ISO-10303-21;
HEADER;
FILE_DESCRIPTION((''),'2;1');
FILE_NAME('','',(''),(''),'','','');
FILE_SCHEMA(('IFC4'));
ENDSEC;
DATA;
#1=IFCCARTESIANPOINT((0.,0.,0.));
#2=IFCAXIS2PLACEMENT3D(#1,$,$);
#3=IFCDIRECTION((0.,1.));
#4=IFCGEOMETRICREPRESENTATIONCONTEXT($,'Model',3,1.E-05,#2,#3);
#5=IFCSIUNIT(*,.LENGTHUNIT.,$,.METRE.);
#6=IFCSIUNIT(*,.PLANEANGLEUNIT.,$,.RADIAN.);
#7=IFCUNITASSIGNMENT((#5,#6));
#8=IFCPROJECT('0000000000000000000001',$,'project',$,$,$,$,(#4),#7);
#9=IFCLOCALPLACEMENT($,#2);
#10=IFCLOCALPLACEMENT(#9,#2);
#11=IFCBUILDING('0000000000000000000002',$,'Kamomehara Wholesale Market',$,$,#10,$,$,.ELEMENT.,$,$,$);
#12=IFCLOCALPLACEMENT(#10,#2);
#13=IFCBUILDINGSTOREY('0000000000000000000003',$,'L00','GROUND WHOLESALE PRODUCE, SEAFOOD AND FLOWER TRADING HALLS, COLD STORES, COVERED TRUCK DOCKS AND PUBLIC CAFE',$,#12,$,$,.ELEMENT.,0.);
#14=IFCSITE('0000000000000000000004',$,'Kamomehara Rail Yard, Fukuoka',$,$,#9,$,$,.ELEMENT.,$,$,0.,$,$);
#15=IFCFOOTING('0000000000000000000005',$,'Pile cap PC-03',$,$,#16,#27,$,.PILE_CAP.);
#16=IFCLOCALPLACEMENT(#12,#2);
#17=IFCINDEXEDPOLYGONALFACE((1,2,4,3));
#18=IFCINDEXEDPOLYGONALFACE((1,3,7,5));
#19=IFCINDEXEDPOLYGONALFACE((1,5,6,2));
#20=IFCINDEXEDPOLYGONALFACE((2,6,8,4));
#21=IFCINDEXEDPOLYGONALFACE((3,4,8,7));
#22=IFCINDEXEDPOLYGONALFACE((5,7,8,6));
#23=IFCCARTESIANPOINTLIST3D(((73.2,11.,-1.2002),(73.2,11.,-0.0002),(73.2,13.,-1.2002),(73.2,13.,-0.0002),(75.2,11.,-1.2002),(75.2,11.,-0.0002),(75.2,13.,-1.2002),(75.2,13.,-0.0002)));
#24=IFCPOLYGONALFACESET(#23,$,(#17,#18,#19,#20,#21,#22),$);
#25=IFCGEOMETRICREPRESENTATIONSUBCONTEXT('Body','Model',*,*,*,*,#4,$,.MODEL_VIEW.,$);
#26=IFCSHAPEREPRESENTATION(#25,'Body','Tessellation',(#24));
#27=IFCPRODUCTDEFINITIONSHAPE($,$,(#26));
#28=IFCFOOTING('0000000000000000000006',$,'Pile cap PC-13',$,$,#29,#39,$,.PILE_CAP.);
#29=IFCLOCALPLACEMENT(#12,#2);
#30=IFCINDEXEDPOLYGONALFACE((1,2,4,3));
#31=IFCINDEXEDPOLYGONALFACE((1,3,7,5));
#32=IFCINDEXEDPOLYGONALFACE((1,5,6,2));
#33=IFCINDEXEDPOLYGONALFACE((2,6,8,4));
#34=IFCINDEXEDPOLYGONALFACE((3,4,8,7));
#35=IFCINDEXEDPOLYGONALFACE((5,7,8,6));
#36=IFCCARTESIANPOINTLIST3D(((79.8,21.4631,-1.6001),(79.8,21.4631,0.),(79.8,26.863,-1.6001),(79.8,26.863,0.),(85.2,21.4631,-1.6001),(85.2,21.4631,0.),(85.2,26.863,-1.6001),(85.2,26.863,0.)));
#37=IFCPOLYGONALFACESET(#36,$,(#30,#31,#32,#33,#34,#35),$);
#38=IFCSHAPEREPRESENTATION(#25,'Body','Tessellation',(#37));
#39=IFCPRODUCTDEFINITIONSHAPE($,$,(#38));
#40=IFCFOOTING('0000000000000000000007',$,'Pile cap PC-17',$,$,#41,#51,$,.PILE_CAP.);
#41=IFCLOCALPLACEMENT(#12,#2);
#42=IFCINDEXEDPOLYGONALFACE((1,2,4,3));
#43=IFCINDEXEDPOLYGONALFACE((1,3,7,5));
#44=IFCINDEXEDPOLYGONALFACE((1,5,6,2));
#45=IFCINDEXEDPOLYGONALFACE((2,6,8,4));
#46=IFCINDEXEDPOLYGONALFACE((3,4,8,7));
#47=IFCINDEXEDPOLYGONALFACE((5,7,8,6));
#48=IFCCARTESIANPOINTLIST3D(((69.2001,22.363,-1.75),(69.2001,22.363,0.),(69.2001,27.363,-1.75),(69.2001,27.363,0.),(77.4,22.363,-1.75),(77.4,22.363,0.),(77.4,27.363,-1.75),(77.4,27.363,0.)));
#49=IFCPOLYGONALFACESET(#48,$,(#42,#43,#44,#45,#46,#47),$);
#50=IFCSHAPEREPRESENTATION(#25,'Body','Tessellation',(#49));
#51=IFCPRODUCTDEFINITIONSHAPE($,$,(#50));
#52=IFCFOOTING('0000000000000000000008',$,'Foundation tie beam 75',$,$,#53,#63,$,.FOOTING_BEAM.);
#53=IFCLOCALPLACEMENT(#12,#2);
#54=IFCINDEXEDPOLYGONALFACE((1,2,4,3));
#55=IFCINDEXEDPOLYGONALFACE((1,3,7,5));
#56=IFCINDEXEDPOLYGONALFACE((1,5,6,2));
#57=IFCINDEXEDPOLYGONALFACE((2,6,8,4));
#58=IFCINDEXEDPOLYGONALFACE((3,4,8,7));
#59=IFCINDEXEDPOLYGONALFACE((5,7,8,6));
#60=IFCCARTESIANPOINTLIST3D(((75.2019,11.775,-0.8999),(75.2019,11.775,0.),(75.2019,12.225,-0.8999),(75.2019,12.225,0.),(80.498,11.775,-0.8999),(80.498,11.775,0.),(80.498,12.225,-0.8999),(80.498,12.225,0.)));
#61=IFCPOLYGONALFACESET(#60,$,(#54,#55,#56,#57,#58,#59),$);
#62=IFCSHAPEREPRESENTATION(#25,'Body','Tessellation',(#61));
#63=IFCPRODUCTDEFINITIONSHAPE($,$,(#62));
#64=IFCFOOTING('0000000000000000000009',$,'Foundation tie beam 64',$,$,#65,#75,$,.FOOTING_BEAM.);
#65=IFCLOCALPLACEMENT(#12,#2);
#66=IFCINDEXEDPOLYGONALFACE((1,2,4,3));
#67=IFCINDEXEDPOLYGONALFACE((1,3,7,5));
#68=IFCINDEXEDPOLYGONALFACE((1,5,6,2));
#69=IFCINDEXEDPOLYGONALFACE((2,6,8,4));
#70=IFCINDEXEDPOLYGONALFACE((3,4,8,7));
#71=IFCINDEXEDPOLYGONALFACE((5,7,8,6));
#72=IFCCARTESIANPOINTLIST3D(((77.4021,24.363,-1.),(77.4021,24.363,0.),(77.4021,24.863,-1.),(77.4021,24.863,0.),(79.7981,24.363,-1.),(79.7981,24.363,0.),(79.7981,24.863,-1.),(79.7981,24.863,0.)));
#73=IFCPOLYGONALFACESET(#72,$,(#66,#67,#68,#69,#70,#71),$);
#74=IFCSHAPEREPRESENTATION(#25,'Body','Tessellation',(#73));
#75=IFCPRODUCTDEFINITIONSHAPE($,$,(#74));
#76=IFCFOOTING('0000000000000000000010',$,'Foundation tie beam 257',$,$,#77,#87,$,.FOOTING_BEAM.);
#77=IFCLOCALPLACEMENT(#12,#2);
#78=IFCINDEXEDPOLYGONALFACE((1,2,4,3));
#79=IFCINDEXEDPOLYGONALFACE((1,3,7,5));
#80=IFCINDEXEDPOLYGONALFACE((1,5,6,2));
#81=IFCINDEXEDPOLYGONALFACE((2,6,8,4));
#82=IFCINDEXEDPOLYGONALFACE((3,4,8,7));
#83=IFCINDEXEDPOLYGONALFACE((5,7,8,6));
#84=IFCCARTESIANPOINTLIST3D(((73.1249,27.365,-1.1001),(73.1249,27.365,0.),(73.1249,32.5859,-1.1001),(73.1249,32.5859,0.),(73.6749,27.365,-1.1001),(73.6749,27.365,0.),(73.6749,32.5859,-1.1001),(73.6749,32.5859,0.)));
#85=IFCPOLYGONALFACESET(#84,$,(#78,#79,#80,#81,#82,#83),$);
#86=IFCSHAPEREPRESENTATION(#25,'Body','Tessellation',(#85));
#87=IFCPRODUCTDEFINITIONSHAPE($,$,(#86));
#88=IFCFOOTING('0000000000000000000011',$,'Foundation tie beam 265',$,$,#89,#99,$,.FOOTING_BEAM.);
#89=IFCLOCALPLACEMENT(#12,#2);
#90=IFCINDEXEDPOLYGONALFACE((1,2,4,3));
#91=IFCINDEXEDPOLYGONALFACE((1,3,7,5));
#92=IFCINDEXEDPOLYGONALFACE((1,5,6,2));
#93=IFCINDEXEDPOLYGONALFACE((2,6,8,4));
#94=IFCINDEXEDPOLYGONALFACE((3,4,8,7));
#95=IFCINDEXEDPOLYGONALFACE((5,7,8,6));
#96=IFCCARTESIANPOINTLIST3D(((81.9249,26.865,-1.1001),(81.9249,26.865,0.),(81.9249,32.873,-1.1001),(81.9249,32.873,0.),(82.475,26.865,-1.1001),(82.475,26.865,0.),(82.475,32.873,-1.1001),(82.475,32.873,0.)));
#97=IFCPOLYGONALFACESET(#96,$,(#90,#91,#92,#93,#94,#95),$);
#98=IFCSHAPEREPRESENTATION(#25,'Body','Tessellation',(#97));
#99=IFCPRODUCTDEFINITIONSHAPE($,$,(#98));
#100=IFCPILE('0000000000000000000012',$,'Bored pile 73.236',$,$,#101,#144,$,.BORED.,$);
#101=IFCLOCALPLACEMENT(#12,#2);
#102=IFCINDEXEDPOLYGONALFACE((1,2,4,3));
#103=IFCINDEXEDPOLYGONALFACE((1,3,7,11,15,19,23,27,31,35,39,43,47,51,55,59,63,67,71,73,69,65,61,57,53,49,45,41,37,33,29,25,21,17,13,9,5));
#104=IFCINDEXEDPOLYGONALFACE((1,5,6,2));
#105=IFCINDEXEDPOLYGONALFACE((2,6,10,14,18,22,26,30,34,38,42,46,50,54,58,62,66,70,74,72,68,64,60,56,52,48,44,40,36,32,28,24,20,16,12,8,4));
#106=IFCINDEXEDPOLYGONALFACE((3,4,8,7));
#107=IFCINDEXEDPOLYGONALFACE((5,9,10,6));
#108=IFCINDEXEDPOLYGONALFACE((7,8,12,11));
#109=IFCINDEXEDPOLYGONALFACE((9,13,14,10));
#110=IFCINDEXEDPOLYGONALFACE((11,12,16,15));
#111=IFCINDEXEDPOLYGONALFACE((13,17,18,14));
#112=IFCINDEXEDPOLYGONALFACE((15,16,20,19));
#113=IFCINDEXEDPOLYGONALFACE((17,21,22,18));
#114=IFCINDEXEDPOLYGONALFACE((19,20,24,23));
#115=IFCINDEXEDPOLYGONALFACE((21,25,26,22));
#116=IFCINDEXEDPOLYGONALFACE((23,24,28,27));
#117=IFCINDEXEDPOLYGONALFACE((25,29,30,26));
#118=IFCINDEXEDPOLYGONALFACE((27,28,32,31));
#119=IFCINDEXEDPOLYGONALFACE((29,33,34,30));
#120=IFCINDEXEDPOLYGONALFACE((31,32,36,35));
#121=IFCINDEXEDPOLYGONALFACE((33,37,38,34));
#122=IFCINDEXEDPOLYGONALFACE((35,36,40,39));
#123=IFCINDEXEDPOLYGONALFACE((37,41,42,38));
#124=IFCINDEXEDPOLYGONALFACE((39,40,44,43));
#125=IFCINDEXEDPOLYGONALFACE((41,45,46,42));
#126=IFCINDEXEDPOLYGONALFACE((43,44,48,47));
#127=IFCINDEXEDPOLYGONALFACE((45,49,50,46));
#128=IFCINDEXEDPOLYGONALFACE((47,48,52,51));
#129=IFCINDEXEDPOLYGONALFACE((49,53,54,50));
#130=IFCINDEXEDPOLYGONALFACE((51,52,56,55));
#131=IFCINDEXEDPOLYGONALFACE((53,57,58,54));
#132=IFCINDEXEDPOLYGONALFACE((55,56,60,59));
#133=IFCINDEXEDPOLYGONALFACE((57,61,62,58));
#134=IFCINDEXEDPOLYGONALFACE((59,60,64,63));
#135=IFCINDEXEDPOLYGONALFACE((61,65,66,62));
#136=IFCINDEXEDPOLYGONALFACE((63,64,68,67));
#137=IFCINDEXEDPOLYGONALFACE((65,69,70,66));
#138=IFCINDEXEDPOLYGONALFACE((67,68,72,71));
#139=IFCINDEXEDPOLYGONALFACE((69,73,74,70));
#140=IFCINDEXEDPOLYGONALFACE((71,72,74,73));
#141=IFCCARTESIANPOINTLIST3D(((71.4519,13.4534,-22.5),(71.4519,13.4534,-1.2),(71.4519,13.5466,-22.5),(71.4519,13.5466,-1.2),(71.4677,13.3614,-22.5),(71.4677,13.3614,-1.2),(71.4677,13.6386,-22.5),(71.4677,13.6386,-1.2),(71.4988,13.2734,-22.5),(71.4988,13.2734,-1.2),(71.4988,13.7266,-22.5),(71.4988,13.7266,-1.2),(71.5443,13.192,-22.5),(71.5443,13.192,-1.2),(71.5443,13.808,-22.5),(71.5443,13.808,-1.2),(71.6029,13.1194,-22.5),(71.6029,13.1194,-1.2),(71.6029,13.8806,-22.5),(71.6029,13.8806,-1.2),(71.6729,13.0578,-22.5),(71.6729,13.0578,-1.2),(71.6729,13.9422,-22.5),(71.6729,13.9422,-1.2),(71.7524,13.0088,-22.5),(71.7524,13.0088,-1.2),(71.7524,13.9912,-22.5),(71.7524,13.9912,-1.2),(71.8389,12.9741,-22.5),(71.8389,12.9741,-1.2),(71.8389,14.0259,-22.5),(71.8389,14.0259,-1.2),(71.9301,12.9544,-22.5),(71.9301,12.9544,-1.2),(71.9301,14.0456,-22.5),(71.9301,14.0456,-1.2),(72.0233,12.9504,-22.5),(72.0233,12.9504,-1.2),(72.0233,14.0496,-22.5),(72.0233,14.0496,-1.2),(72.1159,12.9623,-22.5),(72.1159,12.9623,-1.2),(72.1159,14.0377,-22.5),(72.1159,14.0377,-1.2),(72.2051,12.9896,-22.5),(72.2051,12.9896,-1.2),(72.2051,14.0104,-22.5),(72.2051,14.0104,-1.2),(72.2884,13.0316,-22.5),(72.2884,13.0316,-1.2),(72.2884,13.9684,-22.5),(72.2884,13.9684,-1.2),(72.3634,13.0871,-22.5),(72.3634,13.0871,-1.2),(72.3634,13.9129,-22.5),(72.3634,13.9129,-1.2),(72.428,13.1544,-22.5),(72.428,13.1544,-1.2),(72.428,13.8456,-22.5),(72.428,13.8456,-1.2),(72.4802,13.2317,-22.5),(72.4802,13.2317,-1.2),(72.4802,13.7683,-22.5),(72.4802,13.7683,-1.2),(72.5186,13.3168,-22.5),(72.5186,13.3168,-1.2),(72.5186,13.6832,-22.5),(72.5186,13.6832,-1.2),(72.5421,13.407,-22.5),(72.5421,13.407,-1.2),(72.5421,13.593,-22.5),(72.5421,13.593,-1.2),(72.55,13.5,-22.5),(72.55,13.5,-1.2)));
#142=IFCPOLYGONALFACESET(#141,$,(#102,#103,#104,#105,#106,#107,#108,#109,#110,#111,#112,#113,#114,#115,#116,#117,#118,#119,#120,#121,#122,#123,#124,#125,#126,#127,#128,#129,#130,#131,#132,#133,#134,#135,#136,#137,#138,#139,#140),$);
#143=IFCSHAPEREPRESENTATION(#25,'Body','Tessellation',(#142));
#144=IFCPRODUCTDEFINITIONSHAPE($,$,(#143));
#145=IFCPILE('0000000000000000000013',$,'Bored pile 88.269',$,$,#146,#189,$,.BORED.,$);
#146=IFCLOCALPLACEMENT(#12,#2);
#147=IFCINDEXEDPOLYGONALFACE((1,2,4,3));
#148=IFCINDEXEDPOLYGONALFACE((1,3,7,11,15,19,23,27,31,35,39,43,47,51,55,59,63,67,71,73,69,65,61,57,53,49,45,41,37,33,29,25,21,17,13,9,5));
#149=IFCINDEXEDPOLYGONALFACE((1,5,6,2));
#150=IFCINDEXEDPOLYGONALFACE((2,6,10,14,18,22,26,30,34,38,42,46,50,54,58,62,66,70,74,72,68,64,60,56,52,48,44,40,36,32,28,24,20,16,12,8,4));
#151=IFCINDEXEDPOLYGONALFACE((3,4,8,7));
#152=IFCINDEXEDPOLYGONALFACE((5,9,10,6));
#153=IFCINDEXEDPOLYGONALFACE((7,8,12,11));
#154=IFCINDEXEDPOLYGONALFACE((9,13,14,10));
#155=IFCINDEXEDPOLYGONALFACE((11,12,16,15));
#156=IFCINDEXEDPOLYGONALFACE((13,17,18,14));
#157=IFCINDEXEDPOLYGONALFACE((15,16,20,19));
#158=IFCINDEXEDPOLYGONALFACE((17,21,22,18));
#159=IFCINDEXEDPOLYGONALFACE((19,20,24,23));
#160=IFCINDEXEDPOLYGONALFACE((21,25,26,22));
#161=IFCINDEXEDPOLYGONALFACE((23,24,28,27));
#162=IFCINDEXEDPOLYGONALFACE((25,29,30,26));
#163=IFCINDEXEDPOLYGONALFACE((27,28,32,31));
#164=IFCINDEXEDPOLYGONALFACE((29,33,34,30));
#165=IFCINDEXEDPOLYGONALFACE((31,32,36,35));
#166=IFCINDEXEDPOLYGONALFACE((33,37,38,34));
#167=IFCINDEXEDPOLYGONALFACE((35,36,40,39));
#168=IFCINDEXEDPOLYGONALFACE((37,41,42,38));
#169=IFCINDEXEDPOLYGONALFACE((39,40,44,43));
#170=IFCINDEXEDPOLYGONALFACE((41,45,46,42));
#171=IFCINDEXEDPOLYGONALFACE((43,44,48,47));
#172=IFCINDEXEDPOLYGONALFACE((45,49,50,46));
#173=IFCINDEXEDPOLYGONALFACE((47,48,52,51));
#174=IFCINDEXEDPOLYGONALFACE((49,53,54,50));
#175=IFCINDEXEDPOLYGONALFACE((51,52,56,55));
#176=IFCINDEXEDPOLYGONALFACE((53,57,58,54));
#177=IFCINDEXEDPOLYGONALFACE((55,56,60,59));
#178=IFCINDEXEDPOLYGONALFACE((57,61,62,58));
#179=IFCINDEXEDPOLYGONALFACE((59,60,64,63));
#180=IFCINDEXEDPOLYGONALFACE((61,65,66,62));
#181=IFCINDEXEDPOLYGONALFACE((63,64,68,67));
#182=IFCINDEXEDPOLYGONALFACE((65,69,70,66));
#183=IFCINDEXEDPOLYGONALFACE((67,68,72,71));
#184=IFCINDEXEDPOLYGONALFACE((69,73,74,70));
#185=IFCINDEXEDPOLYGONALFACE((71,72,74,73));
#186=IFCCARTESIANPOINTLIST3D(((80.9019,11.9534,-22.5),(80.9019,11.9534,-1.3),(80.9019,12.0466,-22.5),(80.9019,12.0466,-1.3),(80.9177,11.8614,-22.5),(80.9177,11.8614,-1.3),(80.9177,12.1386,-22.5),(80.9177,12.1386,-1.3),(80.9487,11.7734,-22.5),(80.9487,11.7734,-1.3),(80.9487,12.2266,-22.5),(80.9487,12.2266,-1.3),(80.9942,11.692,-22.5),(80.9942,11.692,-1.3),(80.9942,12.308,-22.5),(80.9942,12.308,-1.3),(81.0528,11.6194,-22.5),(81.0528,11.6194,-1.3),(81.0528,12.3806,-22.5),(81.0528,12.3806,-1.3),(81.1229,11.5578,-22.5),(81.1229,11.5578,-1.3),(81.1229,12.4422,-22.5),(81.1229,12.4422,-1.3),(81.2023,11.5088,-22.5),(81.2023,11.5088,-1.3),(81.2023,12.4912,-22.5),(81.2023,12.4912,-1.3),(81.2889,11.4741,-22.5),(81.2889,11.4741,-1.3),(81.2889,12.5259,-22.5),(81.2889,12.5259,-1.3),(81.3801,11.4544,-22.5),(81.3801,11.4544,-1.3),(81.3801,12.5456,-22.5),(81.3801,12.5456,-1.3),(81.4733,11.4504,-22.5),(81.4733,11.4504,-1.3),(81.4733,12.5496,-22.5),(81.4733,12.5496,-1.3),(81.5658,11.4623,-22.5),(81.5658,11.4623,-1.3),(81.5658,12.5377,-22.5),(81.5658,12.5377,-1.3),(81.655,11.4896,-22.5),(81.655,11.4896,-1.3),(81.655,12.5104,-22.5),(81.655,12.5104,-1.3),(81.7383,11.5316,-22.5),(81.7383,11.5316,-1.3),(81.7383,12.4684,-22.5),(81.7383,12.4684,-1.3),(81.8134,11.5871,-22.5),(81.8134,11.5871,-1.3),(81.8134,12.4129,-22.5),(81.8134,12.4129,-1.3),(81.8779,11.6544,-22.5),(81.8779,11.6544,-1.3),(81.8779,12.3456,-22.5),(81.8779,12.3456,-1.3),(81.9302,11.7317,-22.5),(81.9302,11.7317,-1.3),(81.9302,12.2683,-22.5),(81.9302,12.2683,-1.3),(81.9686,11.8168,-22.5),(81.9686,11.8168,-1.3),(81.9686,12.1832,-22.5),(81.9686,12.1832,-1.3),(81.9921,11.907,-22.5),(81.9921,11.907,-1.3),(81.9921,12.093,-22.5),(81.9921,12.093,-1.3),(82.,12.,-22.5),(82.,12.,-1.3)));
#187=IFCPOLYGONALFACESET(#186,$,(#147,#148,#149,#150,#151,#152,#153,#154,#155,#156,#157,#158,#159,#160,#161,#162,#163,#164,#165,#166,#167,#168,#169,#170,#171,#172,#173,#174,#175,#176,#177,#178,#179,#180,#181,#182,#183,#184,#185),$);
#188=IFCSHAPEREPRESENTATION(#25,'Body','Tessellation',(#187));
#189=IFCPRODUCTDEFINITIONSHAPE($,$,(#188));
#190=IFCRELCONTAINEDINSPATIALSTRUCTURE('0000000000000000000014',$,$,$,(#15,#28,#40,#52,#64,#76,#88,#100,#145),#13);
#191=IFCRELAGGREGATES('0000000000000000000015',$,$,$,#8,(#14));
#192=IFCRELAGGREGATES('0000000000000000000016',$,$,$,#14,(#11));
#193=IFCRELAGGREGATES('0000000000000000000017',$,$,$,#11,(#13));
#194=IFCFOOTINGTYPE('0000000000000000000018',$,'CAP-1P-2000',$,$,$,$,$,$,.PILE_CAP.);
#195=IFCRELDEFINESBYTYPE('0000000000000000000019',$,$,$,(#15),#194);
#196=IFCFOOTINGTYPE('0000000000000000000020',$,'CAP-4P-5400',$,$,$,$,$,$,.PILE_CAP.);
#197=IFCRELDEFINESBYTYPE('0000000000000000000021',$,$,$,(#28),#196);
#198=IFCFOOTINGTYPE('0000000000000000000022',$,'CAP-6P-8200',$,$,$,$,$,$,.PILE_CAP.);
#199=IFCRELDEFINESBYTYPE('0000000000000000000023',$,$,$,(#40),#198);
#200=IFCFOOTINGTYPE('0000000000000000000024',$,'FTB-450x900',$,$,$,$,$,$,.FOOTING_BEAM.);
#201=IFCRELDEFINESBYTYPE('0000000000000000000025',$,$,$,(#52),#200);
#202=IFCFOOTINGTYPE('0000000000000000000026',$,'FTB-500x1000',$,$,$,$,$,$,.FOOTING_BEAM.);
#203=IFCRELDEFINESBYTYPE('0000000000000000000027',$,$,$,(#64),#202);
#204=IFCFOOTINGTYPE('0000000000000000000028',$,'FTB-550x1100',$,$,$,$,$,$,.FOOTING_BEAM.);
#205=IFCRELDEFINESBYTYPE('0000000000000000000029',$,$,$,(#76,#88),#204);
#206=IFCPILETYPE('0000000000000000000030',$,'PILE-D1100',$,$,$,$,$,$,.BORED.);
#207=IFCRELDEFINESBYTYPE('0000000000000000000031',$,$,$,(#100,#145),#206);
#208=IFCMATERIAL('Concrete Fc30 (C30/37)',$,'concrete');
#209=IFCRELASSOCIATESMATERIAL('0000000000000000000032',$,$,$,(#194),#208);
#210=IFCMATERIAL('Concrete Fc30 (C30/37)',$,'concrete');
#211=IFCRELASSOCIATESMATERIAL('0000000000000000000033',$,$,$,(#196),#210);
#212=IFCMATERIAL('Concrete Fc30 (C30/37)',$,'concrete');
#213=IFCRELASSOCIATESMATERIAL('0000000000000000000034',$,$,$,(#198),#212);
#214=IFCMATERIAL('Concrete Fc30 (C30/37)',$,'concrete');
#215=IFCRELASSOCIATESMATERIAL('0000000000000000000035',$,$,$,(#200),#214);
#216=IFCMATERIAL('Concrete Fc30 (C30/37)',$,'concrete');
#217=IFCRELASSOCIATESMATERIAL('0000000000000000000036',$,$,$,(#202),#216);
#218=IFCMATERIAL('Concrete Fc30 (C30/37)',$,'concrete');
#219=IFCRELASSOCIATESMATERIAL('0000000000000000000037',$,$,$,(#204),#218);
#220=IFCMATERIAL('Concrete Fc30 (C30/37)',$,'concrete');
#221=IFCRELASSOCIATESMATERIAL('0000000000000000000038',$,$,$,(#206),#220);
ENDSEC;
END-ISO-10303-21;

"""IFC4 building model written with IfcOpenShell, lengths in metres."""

from ifc_helpers import new_model, si_unit, direction, frame, origin, origin_2d, place, context, subcontext, project, spatial, rectangle, circle, extrude, material, material_profile, profile_set, type_object, element, save


model = new_model("IFC4")

# Units and contexts
model_context = context("Model", 3, precision=1e-05, world=origin(), true_north=direction((0.0, 1.0)))
body_context = subcontext(model_context, "Body", "Model", "MODEL_VIEW")
ifc_project = project(units=[si_unit("LENGTHUNIT", "METRE"), si_unit("PLANEANGLEUNIT", "RADIAN")], contexts=[model_context])

# Site, building, storey
site_placement = place(None, origin())
site = spatial("IfcSite", under=ifc_project, at=site_placement, Name="Kamomehara Rail Yard, Fukuoka", CompositionType="ELEMENT", RefElevation=0.0)
building_placement = place(site_placement, origin())
building = spatial("IfcBuilding", under=site, at=building_placement, Name="Kamomehara Wholesale Market", CompositionType="ELEMENT")
storey_placement = place(building_placement, origin())
storey = spatial("IfcBuildingStorey", under=building, at=storey_placement, Name="L00", Description="GROUND WHOLESALE PRODUCE, SEAFOOD AND FLOWER TRADING HALLS, COLD STORES, COVERED TRUCK DOCKS AND PUBLIC CAFE", CompositionType="ELEMENT", Elevation=0.0)

# Footings
ifc_material_1 = material(Name="Concrete Fc30 (C30/37)", Category="concrete")
footing_type_1 = type_object("IfcFootingType", Name="CAP-1P-2000", PredefinedType="PILE_CAP", material=ifc_material_1)
footing_1_placement = place(storey_placement, frame((74.2, 12.0, -1.2002), z_axis=(0.0, 0.0, 1.0), x_axis=(1.0, 0.0, 0.0)))
element("IfcFooting", 1, at=footing_1_placement, inside=storey, type_object=footing_type_1, Name="Pile cap PC-03", PredefinedType="PILE_CAP", context=body_context, shape_type="SweptSolid", body=[
    extrude(rectangle(XDim=2.0, YDim=2.0, at=origin_2d()), origin(), (0.0, 0.0, 1.0), 1.2),
])
ifc_material_2 = material(Name="Concrete Fc30 (C30/37)", Category="concrete")
footing_type_2 = type_object("IfcFootingType", Name="CAP-4P-5400", PredefinedType="PILE_CAP", material=ifc_material_2)
footing_2_placement = place(storey_placement, frame((82.5, 24.1631, -1.6001), z_axis=(0.0, 0.0, 1.0), x_axis=(1.0, 0.0, 0.0)))
element("IfcFooting", 2, at=footing_2_placement, inside=storey, type_object=footing_type_2, Name="Pile cap PC-13", PredefinedType="PILE_CAP", context=body_context, shape_type="SweptSolid", body=[
    extrude(rectangle(XDim=5.3999, YDim=5.3999, at=origin_2d()), origin(), (0.0, 0.0, 1.0), 1.6001),
])
ifc_material_3 = material(Name="Concrete Fc30 (C30/37)", Category="concrete")
footing_type_3 = type_object("IfcFootingType", Name="CAP-6P-8200", PredefinedType="PILE_CAP", material=ifc_material_3)
footing_3_placement = place(storey_placement, frame((73.3, 24.863, -1.75), z_axis=(0.0, 0.0, 1.0), x_axis=(1.0, 0.0, 0.0)))
element("IfcFooting", 3, at=footing_3_placement, inside=storey, type_object=footing_type_3, Name="Pile cap PC-17", PredefinedType="PILE_CAP", context=body_context, shape_type="SweptSolid", body=[
    extrude(rectangle(XDim=8.2, YDim=5.0, at=origin_2d()), origin(), (0.0, 0.0, 1.0), 1.75),
])
ifc_material_4 = material(Name="Concrete Fc30 (C30/37)", Category="concrete")
ifc_material_profile_1 = material_profile(ifc_material_4, rectangle(XDim=0.45, YDim=0.8999, at=origin_2d()), Name="RC-FTB-450x900")
ifc_profile_set_1 = profile_set([ifc_material_profile_1], Name="Concrete Fc30 (C30/37)")
footing_type_4 = type_object("IfcFootingType", Name="FTB-450x900", PredefinedType="FOOTING_BEAM", material=ifc_profile_set_1)
footing_4_placement = place(storey_placement, frame((75.2019, 12.0, -0.45), z_axis=(1.0, 0.0, 0.0), x_axis=(0.0, 1.0, 0.0)))
element("IfcFooting", 4, at=footing_4_placement, inside=storey, type_object=footing_type_4, Name="Foundation tie beam 75", PredefinedType="FOOTING_BEAM", context=body_context, shape_type="SweptSolid", body=[
    extrude(rectangle(XDim=0.45, YDim=0.8999, at=origin_2d()), origin(), (0.0, 0.0, 1.0), 5.2961),
])
ifc_material_5 = material(Name="Concrete Fc30 (C30/37)", Category="concrete")
ifc_material_profile_2 = material_profile(ifc_material_5, rectangle(XDim=0.5, YDim=1.0, at=origin_2d()), Name="RC-FTB-500x1000")
ifc_profile_set_2 = profile_set([ifc_material_profile_2], Name="Concrete Fc30 (C30/37)")
footing_type_5 = type_object("IfcFootingType", Name="FTB-500x1000", PredefinedType="FOOTING_BEAM", material=ifc_profile_set_2)
footing_5_placement = place(storey_placement, frame((77.4021, 24.613, -0.5), z_axis=(1.0, 0.0, 0.0), x_axis=(0.0, 1.0, 0.0)))
element("IfcFooting", 5, at=footing_5_placement, inside=storey, type_object=footing_type_5, Name="Foundation tie beam 64", PredefinedType="FOOTING_BEAM", context=body_context, shape_type="SweptSolid", body=[
    extrude(rectangle(XDim=0.5, YDim=1.0, at=origin_2d()), origin(), (0.0, 0.0, 1.0), 2.396),
])
ifc_material_6 = material(Name="Concrete Fc30 (C30/37)", Category="concrete")
ifc_material_profile_3 = material_profile(ifc_material_6, rectangle(XDim=0.55, YDim=1.1001, at=origin_2d()), Name="RC-FTB-550x1100")
ifc_profile_set_3 = profile_set([ifc_material_profile_3], Name="Concrete Fc30 (C30/37)")
footing_type_6 = type_object("IfcFootingType", Name="FTB-550x1100", PredefinedType="FOOTING_BEAM", material=ifc_profile_set_3)
footing_6_placement = place(storey_placement, frame((73.3999, 27.365, -0.55), z_axis=(0.0, 1.0, 0.0), x_axis=(-1.0, 0.0, 0.0)))
element("IfcFooting", 6, at=footing_6_placement, inside=storey, type_object=footing_type_6, Name="Foundation tie beam 257", PredefinedType="FOOTING_BEAM", context=body_context, shape_type="SweptSolid", body=[
    extrude(rectangle(XDim=0.55, YDim=1.1001, at=origin_2d()), origin(), (0.0, 0.0, 1.0), 5.2209),
])
footing_7_placement = place(storey_placement, frame((82.2, 26.865, -0.55), z_axis=(0.0, 1.0, 0.0), x_axis=(-1.0, 0.0, 0.0)))
element("IfcFooting", 7, at=footing_7_placement, inside=storey, type_object=footing_type_6, Name="Foundation tie beam 265", PredefinedType="FOOTING_BEAM", context=body_context, shape_type="SweptSolid", body=[
    extrude(rectangle(XDim=0.55, YDim=1.1001, at=origin_2d()), origin(), (0.0, 0.0, 1.0), 6.0081),
])

# Piles
ifc_material_7 = material(Name="Concrete Fc30 (C30/37)", Category="concrete")
ifc_material_profile_4 = material_profile(ifc_material_7, circle(Radius=0.55, at=origin_2d()), Name="RC-PILE-D1100")
ifc_profile_set_4 = profile_set([ifc_material_profile_4], Name="Concrete Fc30 (C30/37)")
pile_type_1 = type_object("IfcPileType", Name="PILE-D1100", PredefinedType="BORED", material=ifc_profile_set_4)
pile_1_placement = place(storey_placement, frame((72.0, 13.5, -1.2), z_axis=(0.0, 0.0, -1.0), x_axis=(1.0, 0.0, 0.0)))
element("IfcPile", 8, at=pile_1_placement, inside=storey, type_object=pile_type_1, Name="Bored pile 73.236", PredefinedType="BORED", context=body_context, shape_type="SweptSolid", body=[
    extrude(circle(Radius=0.55, at=origin_2d()), origin(), (0.0, 0.0, 1.0), 21.3),
])
pile_2_placement = place(storey_placement, frame((81.45, 12.0, -1.3), z_axis=(0.0, 0.0, -1.0), x_axis=(1.0, 0.0, 0.0)))
element("IfcPile", 9, at=pile_2_placement, inside=storey, type_object=pile_type_1, Name="Bored pile 88.269", PredefinedType="BORED", context=body_context, shape_type="SweptSolid", body=[
    extrude(circle(Radius=0.55, at=origin_2d()), origin(), (0.0, 0.0, 1.0), 21.2),
])

save(model, "model.ifc")
